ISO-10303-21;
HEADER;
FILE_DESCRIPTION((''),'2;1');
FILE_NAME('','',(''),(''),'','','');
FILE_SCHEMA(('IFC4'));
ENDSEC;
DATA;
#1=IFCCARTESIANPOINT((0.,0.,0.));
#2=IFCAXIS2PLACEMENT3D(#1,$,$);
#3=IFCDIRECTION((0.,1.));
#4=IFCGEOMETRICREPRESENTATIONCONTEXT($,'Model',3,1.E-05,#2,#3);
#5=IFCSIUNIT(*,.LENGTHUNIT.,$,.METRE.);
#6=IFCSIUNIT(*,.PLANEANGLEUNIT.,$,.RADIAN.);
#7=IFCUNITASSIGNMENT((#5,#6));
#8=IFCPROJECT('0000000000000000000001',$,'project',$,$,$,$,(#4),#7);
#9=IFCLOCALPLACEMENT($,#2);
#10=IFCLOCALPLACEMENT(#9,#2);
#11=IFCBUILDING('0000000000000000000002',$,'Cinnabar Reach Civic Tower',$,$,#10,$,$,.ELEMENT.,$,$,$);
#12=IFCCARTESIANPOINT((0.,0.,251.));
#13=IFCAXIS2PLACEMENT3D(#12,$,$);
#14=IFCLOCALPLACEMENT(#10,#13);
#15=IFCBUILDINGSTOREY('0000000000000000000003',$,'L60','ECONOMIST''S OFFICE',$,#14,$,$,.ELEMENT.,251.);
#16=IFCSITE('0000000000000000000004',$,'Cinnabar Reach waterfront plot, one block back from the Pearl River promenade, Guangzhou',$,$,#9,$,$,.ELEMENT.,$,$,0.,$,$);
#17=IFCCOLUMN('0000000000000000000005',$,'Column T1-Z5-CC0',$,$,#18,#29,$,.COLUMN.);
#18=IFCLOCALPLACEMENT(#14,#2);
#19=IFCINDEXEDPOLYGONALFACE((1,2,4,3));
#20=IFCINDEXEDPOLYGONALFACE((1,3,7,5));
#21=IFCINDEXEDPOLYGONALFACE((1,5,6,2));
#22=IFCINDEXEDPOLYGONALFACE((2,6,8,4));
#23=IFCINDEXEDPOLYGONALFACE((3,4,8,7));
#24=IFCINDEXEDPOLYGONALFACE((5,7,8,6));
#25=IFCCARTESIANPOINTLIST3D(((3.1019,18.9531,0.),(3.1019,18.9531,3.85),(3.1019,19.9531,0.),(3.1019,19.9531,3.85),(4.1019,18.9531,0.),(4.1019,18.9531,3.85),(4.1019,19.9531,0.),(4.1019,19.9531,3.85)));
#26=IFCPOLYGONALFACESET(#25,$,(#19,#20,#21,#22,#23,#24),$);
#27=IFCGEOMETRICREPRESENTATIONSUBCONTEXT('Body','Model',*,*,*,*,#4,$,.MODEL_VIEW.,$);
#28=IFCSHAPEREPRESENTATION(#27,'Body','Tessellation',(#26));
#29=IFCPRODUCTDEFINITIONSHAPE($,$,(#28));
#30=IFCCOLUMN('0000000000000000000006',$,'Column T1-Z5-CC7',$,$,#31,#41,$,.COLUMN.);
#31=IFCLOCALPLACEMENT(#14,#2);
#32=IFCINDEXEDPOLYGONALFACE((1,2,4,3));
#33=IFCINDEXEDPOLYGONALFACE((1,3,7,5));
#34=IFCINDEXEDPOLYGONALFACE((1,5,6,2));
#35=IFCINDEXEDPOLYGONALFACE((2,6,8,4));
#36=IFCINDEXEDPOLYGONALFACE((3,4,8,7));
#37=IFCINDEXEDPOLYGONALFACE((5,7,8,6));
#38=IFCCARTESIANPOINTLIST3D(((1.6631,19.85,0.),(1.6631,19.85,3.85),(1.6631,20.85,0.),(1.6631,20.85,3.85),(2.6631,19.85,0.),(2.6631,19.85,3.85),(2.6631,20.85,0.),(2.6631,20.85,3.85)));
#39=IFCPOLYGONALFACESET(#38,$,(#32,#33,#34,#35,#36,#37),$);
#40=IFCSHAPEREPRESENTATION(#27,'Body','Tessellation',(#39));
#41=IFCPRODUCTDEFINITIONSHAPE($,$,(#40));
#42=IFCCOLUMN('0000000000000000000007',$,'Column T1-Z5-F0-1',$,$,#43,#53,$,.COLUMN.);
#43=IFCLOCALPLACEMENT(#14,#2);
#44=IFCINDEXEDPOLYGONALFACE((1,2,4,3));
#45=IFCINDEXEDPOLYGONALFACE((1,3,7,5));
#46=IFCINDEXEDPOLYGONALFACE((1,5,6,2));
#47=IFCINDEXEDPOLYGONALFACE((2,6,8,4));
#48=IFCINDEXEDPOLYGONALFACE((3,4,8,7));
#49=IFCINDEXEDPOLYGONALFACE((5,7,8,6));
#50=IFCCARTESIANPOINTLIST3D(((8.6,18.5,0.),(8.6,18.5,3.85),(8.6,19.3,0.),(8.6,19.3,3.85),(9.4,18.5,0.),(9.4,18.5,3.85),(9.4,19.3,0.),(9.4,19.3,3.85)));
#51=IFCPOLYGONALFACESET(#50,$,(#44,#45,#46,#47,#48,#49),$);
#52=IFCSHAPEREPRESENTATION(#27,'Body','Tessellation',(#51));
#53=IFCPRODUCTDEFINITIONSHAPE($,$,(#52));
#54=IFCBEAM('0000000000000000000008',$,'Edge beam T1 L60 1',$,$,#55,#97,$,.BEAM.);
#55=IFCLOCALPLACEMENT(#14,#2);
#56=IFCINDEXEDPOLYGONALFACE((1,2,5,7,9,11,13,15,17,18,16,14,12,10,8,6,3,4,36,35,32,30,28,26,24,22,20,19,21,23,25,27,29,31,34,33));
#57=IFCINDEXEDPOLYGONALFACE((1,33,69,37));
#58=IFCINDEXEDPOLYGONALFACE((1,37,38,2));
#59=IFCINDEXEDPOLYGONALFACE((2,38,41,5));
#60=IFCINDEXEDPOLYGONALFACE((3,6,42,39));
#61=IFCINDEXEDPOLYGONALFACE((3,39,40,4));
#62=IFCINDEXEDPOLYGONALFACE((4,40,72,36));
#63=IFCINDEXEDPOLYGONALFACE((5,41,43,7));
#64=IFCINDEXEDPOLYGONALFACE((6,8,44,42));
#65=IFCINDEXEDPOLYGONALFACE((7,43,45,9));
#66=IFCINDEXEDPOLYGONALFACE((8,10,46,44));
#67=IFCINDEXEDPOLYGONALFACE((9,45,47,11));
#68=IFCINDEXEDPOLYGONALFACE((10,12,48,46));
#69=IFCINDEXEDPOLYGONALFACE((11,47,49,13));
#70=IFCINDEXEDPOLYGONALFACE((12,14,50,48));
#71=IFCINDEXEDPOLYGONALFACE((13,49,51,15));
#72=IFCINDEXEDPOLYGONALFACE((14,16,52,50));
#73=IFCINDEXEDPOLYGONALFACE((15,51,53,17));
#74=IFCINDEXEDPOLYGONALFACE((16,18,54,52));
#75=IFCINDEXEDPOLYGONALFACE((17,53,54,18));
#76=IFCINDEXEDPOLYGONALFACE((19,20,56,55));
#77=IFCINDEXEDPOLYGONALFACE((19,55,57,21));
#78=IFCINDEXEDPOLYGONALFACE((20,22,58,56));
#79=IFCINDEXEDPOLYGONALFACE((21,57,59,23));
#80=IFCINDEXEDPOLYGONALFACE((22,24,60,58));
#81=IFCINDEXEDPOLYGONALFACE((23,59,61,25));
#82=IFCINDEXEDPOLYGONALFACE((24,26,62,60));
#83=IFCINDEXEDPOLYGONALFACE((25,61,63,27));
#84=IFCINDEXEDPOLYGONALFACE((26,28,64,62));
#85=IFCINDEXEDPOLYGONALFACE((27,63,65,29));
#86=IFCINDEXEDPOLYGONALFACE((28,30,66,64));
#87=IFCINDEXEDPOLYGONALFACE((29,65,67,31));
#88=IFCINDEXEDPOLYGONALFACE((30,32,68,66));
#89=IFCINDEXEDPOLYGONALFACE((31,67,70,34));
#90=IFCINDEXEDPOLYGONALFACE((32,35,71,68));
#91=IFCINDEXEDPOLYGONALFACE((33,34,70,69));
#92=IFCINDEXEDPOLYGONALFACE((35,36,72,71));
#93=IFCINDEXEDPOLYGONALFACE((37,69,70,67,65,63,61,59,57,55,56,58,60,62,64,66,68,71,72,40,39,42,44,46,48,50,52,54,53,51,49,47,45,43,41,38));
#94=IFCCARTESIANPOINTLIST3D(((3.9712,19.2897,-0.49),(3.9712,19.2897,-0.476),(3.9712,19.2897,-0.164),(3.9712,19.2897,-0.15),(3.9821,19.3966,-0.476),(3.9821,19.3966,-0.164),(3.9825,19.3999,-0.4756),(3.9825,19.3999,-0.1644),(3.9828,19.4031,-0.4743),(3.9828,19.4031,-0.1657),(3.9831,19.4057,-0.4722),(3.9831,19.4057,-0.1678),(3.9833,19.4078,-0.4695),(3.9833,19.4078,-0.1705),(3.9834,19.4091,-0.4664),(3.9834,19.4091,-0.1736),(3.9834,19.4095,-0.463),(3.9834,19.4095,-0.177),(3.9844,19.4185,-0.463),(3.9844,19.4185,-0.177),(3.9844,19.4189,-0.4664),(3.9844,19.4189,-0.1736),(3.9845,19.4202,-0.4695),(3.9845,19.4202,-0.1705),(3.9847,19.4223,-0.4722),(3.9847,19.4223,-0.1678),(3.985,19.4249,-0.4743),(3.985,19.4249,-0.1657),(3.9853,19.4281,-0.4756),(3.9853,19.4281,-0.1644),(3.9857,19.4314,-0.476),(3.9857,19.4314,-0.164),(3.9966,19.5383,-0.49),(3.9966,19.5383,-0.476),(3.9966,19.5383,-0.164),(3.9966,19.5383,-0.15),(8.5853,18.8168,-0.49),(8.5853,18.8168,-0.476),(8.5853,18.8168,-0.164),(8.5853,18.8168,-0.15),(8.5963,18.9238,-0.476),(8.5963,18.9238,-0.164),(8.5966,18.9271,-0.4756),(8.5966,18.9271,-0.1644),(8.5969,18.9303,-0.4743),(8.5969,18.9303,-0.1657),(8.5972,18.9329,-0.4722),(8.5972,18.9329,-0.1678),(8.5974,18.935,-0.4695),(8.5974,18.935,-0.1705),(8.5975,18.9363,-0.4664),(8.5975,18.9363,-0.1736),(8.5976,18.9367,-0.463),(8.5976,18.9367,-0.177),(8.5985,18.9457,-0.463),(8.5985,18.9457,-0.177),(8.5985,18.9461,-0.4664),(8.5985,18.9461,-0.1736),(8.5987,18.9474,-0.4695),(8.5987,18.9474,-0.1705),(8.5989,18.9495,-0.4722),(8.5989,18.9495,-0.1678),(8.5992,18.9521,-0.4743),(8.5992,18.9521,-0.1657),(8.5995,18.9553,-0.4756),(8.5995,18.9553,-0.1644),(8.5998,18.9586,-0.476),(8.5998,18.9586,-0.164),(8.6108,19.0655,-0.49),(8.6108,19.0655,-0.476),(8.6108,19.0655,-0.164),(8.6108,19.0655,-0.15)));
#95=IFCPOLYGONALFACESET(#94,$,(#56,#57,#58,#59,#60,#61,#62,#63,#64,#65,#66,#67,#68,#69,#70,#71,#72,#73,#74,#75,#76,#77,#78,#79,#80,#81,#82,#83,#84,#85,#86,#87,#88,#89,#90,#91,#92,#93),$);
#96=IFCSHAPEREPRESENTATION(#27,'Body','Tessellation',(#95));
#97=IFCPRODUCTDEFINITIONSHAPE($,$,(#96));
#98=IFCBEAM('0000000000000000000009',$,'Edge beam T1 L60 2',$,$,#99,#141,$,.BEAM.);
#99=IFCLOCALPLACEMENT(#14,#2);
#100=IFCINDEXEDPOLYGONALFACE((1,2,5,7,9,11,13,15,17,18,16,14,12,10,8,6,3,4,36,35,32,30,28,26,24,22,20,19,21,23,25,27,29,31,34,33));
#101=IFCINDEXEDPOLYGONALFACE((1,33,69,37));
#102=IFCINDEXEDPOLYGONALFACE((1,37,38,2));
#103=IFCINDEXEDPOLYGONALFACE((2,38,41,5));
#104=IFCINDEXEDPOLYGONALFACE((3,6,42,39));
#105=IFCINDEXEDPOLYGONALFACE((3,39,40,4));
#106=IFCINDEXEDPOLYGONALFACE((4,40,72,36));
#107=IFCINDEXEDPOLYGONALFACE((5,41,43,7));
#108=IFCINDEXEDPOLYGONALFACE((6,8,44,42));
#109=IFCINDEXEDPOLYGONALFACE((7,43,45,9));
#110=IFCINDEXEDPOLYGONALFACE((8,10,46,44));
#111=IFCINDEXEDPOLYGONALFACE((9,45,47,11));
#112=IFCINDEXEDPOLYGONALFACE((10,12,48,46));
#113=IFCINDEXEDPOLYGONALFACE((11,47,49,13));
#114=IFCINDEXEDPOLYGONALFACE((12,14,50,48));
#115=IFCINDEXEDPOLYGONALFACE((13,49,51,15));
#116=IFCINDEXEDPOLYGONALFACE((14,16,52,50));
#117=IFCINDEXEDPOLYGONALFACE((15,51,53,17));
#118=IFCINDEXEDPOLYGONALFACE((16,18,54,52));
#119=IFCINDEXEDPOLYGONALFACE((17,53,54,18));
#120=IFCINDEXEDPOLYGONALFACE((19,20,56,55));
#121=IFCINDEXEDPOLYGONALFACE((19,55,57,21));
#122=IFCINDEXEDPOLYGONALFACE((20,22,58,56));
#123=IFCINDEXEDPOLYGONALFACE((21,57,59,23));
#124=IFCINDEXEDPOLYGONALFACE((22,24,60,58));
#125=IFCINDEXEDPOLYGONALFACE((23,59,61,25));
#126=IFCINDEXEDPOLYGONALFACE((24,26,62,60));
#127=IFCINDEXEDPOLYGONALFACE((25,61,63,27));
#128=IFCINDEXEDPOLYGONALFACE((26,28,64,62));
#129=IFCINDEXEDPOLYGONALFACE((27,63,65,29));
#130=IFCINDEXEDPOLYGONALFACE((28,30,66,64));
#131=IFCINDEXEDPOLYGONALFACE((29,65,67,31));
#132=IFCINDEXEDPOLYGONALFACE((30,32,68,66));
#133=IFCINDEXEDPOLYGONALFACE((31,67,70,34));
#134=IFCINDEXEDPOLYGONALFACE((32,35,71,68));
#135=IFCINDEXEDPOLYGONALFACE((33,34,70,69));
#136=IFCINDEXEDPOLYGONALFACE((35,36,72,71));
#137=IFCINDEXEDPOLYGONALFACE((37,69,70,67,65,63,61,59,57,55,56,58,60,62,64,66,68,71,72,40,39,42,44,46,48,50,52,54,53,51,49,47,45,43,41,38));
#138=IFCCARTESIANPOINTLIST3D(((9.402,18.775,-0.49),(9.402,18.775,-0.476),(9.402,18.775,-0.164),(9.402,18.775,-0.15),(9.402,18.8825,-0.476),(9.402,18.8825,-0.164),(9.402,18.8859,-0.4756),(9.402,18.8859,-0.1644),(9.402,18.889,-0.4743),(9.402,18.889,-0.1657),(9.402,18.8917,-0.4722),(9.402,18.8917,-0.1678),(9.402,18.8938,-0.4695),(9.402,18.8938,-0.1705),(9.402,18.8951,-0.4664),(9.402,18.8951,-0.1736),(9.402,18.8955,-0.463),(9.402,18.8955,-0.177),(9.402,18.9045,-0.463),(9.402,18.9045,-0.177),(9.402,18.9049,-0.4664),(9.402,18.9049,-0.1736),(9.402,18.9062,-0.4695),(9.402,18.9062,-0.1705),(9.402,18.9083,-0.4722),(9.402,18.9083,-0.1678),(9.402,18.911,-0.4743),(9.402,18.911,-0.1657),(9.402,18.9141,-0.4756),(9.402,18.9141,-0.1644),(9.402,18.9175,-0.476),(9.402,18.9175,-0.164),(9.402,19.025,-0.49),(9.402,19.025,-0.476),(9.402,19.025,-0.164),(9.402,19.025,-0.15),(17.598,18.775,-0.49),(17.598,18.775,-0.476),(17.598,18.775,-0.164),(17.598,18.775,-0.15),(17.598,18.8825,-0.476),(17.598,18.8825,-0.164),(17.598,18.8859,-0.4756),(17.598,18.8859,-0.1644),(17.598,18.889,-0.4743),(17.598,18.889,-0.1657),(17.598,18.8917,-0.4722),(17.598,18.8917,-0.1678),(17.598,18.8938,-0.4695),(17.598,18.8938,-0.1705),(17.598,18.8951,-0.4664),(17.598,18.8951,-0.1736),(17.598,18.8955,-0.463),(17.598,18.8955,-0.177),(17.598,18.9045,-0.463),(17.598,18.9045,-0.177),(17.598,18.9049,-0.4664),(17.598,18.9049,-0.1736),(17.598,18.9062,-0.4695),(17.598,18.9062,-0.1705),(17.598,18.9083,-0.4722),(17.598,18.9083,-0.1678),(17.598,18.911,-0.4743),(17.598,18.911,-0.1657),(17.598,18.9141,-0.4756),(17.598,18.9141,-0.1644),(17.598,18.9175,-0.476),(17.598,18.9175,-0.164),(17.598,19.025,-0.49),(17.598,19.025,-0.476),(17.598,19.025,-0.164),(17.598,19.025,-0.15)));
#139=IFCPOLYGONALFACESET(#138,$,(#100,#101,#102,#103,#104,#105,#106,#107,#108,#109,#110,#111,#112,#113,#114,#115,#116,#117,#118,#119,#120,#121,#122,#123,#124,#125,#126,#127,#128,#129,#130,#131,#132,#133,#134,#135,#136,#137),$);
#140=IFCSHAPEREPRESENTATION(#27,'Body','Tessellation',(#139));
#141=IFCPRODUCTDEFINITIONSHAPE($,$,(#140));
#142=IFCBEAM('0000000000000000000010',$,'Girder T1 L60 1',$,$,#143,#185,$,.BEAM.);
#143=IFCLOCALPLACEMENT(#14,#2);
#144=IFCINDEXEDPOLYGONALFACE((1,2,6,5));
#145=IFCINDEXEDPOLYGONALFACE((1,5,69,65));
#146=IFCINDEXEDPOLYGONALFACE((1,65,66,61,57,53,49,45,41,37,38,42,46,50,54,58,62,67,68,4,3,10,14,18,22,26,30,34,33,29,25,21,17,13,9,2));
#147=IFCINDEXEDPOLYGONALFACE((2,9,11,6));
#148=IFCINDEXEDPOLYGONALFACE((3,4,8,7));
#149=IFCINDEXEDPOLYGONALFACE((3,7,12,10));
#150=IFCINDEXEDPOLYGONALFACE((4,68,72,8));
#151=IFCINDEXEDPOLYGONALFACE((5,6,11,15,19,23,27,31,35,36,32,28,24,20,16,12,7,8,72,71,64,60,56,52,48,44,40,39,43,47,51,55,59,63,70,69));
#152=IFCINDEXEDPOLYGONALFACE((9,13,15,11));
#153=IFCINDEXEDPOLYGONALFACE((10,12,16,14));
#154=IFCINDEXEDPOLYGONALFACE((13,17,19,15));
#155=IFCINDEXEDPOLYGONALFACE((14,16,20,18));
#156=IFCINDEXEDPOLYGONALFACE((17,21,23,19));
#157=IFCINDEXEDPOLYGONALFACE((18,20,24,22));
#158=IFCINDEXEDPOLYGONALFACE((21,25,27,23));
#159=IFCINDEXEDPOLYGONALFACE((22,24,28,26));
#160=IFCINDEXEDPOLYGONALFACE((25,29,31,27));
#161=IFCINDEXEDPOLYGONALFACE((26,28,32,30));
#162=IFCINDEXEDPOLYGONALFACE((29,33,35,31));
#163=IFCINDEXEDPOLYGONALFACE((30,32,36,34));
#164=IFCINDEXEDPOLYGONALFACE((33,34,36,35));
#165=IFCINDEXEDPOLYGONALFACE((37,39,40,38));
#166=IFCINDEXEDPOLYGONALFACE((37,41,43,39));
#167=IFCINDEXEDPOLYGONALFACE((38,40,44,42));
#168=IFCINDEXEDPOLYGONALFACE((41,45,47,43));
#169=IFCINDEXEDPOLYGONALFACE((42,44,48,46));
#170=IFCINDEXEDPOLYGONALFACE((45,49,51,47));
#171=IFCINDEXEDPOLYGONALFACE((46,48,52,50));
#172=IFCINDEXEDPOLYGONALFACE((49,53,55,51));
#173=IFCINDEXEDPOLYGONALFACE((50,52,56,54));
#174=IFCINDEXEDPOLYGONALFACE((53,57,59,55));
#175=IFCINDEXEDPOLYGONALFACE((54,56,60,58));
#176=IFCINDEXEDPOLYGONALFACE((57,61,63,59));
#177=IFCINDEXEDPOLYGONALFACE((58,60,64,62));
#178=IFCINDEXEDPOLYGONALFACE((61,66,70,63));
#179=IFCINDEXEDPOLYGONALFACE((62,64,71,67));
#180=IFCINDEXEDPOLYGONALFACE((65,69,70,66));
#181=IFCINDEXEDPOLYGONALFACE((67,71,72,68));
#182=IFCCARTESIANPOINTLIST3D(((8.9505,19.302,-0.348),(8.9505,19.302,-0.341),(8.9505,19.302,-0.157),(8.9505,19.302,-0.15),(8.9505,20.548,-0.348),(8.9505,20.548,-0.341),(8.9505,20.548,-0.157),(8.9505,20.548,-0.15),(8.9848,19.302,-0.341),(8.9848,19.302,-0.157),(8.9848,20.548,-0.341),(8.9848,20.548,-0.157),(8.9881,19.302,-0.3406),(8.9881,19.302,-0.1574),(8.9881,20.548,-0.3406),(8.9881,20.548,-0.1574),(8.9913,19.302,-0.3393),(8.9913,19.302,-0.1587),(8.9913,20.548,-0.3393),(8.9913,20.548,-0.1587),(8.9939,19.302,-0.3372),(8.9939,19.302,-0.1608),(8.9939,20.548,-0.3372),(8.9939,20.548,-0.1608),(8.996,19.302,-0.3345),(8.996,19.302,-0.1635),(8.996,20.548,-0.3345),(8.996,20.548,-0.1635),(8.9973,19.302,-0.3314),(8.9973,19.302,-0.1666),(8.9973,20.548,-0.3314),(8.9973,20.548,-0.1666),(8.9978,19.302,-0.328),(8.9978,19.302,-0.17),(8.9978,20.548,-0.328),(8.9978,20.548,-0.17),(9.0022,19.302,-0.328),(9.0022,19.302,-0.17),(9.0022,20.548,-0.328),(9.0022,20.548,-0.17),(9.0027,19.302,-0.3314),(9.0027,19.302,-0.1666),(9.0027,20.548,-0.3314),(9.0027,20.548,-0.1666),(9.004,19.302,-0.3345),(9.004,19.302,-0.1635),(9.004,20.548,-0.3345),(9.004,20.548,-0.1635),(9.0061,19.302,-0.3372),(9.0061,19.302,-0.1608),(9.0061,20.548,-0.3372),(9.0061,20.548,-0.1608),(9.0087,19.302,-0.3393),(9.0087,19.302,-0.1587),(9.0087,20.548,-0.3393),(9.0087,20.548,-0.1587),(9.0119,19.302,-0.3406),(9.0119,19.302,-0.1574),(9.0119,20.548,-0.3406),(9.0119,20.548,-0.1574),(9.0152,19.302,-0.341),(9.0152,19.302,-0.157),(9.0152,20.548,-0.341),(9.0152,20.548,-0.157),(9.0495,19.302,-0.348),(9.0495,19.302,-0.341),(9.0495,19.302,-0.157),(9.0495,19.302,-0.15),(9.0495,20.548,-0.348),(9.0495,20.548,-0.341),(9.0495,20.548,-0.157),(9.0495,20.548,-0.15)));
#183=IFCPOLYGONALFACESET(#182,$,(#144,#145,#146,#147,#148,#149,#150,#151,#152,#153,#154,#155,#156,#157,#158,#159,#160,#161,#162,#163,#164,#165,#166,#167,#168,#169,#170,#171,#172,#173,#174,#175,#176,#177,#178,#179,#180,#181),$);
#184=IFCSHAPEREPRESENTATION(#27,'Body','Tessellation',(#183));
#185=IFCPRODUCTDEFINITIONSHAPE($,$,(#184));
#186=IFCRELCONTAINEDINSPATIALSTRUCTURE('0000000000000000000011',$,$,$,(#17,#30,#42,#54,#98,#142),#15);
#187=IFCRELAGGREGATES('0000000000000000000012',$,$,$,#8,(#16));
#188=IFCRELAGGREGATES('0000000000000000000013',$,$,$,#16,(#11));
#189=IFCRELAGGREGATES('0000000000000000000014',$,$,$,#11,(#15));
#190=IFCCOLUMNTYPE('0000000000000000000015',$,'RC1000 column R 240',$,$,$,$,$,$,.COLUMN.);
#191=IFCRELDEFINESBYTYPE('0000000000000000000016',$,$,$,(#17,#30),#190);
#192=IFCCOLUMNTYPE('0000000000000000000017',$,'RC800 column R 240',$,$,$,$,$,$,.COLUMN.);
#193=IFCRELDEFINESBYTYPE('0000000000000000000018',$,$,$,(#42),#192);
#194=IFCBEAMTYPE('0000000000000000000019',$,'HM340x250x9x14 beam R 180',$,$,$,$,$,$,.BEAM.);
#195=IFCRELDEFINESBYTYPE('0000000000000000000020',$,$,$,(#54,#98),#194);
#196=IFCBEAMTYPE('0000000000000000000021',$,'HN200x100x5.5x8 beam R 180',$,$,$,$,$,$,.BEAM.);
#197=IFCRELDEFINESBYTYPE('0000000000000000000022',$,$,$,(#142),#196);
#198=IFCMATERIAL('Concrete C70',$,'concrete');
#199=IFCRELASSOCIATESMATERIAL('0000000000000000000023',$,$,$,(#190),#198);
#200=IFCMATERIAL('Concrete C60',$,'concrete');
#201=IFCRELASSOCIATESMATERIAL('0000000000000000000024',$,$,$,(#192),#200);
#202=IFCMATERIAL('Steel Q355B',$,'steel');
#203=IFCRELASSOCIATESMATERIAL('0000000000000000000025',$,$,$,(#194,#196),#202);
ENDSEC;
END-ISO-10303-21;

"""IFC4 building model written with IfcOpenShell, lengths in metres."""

from ifc_helpers import new_model, si_unit, direction, frame, origin, origin_2d, place, context, subcontext, project, spatial, rectangle, i_section, extrude, material, material_profile, profile_set, type_object, element, save


model = new_model("IFC4")

# Units and contexts
model_context = context("Model", 3, precision=1e-05, world=origin(), true_north=direction((0.0, 1.0)))
body_context = subcontext(model_context, "Body", "Model", "MODEL_VIEW")
ifc_project = project(units=[si_unit("LENGTHUNIT", "METRE"), si_unit("PLANEANGLEUNIT", "RADIAN")], contexts=[model_context])

# Site, building, storey
site_placement = place(None, origin())
site = spatial("IfcSite", under=ifc_project, at=site_placement, Name="Cinnabar Reach waterfront plot, one block back from the Pearl River promenade, Guangzhou", CompositionType="ELEMENT", RefElevation=0.0)
building_placement = place(site_placement, origin())
building = spatial("IfcBuilding", under=site, at=building_placement, Name="Cinnabar Reach Civic Tower", CompositionType="ELEMENT")
storey_placement = place(building_placement, frame((0.0, 0.0, 251.0)))
storey = spatial("IfcBuildingStorey", under=building, at=storey_placement, Name="L60", Description="ECONOMIST'S OFFICE", CompositionType="ELEMENT", Elevation=251.0)

# Columns
ifc_material_1 = material(Name="Concrete C70", Category="concrete")
ifc_material_profile_1 = material_profile(ifc_material_1, rectangle(XDim=1.0, YDim=1.0, at=origin_2d()), Name="RC1000")
ifc_profile_set_1 = profile_set([ifc_material_profile_1], Name="Concrete C70")
column_type_1 = type_object("IfcColumnType", Name="RC1000 column R 240", PredefinedType="COLUMN", material=ifc_profile_set_1)
for number, where, z_axis, x_axis, name in (
    (1, (3.6019, 19.4531, 0.0), (0.0, 0.0, 1.0), (1.0, 0.0, 0.0), "Column T1-Z5-CC0"),
    (2, (2.1631, 20.35, 0.0), (0.0, 0.0, 1.0), (1.0, 0.0, 0.0), "Column T1-Z5-CC7"),
):
    element("IfcColumn", number, at=place(storey_placement, frame(where, z_axis=z_axis, x_axis=x_axis)), inside=storey, type_object=column_type_1, Name=name, PredefinedType="COLUMN", context=body_context, shape_type="SweptSolid", body=[
        extrude(rectangle(XDim=1.0, YDim=1.0, at=origin_2d()), origin(), (0.0, 0.0, 1.0), 3.85),
    ])
ifc_material_2 = material(Name="Concrete C60", Category="concrete")
ifc_material_profile_2 = material_profile(ifc_material_2, rectangle(XDim=0.8, YDim=0.8, at=origin_2d()), Name="RC800")
ifc_profile_set_2 = profile_set([ifc_material_profile_2], Name="Concrete C60")
column_type_2 = type_object("IfcColumnType", Name="RC800 column R 240", PredefinedType="COLUMN", material=ifc_profile_set_2)
column_placement = place(storey_placement, frame((9.0, 18.9, 0.0), z_axis=(0.0, 0.0, 1.0), x_axis=(1.0, 0.0, 0.0)))
element("IfcColumn", 3, at=column_placement, inside=storey, type_object=column_type_2, Name="Column T1-Z5-F0-1", PredefinedType="COLUMN", context=body_context, shape_type="SweptSolid", body=[
    extrude(rectangle(XDim=0.8, YDim=0.8, at=origin_2d()), origin(), (0.0, 0.0, 1.0), 3.85),
])

# Beams
ifc_material_3 = material(Name="Steel Q355B", Category="steel")
ifc_material_profile_3 = material_profile(ifc_material_3, i_section(OverallWidth=0.25, OverallDepth=0.34, WebThickness=0.009, FlangeThickness=0.014, FilletRadius=0.013, at=origin_2d()), Name="HM340x250x9x14")
ifc_profile_set_3 = profile_set([ifc_material_profile_3], Name="Steel Q355B")
beam_type_1 = type_object("IfcBeamType", Name="HM340x250x9x14 beam R 180", PredefinedType="BEAM", material=ifc_profile_set_3)
beam_1_placement = place(storey_placement, frame((3.9839, 19.414, -0.32), z_axis=(0.994791, -0.101935, 0.0), x_axis=(0.101935, 0.994791, 0.0)))
element("IfcBeam", 4, at=beam_1_placement, inside=storey, type_object=beam_type_1, Name="Edge beam T1 L60 1", PredefinedType="BEAM", context=body_context, shape_type="SweptSolid", body=[
    extrude(i_section(OverallWidth=0.25, OverallDepth=0.34, WebThickness=0.009, FlangeThickness=0.014, FilletRadius=0.013, at=origin_2d()), origin(), (0.0, 0.0, 1.0), 4.6383),
])
beam_2_placement = place(storey_placement, frame((9.402, 18.9, -0.32), z_axis=(1.0, 0.0, 0.0), x_axis=(0.0, 1.0, 0.0)))
element("IfcBeam", 5, at=beam_2_placement, inside=storey, type_object=beam_type_1, Name="Edge beam T1 L60 2", PredefinedType="BEAM", context=body_context, shape_type="SweptSolid", body=[
    extrude(i_section(OverallWidth=0.25, OverallDepth=0.34, WebThickness=0.009, FlangeThickness=0.014, FilletRadius=0.013, at=origin_2d()), origin(), (0.0, 0.0, 1.0), 8.196),
])
ifc_material_profile_4 = material_profile(ifc_material_3, i_section(OverallWidth=0.099, OverallDepth=0.198, WebThickness=0.0045, FlangeThickness=0.007, FilletRadius=0.013, at=origin_2d()), Name="HN200x100x5.5x8")
ifc_profile_set_4 = profile_set([ifc_material_profile_4], Name="Steel Q355B")
beam_type_2 = type_object("IfcBeamType", Name="HN200x100x5.5x8 beam R 180", PredefinedType="BEAM", material=ifc_profile_set_4)
beam_3_placement = place(storey_placement, frame((9.0, 19.302, -0.249), z_axis=(0.0, 1.0, 0.0), x_axis=(-1.0, 0.0, 0.0)))
element("IfcBeam", 6, at=beam_3_placement, inside=storey, type_object=beam_type_2, Name="Girder T1 L60 1", PredefinedType="BEAM", context=body_context, shape_type="SweptSolid", body=[
    extrude(i_section(OverallWidth=0.099, OverallDepth=0.198, WebThickness=0.0045, FlangeThickness=0.007, FilletRadius=0.013, at=origin_2d()), origin(), (0.0, 0.0, 1.0), 1.246),
])

save(model, "model.ifc")
